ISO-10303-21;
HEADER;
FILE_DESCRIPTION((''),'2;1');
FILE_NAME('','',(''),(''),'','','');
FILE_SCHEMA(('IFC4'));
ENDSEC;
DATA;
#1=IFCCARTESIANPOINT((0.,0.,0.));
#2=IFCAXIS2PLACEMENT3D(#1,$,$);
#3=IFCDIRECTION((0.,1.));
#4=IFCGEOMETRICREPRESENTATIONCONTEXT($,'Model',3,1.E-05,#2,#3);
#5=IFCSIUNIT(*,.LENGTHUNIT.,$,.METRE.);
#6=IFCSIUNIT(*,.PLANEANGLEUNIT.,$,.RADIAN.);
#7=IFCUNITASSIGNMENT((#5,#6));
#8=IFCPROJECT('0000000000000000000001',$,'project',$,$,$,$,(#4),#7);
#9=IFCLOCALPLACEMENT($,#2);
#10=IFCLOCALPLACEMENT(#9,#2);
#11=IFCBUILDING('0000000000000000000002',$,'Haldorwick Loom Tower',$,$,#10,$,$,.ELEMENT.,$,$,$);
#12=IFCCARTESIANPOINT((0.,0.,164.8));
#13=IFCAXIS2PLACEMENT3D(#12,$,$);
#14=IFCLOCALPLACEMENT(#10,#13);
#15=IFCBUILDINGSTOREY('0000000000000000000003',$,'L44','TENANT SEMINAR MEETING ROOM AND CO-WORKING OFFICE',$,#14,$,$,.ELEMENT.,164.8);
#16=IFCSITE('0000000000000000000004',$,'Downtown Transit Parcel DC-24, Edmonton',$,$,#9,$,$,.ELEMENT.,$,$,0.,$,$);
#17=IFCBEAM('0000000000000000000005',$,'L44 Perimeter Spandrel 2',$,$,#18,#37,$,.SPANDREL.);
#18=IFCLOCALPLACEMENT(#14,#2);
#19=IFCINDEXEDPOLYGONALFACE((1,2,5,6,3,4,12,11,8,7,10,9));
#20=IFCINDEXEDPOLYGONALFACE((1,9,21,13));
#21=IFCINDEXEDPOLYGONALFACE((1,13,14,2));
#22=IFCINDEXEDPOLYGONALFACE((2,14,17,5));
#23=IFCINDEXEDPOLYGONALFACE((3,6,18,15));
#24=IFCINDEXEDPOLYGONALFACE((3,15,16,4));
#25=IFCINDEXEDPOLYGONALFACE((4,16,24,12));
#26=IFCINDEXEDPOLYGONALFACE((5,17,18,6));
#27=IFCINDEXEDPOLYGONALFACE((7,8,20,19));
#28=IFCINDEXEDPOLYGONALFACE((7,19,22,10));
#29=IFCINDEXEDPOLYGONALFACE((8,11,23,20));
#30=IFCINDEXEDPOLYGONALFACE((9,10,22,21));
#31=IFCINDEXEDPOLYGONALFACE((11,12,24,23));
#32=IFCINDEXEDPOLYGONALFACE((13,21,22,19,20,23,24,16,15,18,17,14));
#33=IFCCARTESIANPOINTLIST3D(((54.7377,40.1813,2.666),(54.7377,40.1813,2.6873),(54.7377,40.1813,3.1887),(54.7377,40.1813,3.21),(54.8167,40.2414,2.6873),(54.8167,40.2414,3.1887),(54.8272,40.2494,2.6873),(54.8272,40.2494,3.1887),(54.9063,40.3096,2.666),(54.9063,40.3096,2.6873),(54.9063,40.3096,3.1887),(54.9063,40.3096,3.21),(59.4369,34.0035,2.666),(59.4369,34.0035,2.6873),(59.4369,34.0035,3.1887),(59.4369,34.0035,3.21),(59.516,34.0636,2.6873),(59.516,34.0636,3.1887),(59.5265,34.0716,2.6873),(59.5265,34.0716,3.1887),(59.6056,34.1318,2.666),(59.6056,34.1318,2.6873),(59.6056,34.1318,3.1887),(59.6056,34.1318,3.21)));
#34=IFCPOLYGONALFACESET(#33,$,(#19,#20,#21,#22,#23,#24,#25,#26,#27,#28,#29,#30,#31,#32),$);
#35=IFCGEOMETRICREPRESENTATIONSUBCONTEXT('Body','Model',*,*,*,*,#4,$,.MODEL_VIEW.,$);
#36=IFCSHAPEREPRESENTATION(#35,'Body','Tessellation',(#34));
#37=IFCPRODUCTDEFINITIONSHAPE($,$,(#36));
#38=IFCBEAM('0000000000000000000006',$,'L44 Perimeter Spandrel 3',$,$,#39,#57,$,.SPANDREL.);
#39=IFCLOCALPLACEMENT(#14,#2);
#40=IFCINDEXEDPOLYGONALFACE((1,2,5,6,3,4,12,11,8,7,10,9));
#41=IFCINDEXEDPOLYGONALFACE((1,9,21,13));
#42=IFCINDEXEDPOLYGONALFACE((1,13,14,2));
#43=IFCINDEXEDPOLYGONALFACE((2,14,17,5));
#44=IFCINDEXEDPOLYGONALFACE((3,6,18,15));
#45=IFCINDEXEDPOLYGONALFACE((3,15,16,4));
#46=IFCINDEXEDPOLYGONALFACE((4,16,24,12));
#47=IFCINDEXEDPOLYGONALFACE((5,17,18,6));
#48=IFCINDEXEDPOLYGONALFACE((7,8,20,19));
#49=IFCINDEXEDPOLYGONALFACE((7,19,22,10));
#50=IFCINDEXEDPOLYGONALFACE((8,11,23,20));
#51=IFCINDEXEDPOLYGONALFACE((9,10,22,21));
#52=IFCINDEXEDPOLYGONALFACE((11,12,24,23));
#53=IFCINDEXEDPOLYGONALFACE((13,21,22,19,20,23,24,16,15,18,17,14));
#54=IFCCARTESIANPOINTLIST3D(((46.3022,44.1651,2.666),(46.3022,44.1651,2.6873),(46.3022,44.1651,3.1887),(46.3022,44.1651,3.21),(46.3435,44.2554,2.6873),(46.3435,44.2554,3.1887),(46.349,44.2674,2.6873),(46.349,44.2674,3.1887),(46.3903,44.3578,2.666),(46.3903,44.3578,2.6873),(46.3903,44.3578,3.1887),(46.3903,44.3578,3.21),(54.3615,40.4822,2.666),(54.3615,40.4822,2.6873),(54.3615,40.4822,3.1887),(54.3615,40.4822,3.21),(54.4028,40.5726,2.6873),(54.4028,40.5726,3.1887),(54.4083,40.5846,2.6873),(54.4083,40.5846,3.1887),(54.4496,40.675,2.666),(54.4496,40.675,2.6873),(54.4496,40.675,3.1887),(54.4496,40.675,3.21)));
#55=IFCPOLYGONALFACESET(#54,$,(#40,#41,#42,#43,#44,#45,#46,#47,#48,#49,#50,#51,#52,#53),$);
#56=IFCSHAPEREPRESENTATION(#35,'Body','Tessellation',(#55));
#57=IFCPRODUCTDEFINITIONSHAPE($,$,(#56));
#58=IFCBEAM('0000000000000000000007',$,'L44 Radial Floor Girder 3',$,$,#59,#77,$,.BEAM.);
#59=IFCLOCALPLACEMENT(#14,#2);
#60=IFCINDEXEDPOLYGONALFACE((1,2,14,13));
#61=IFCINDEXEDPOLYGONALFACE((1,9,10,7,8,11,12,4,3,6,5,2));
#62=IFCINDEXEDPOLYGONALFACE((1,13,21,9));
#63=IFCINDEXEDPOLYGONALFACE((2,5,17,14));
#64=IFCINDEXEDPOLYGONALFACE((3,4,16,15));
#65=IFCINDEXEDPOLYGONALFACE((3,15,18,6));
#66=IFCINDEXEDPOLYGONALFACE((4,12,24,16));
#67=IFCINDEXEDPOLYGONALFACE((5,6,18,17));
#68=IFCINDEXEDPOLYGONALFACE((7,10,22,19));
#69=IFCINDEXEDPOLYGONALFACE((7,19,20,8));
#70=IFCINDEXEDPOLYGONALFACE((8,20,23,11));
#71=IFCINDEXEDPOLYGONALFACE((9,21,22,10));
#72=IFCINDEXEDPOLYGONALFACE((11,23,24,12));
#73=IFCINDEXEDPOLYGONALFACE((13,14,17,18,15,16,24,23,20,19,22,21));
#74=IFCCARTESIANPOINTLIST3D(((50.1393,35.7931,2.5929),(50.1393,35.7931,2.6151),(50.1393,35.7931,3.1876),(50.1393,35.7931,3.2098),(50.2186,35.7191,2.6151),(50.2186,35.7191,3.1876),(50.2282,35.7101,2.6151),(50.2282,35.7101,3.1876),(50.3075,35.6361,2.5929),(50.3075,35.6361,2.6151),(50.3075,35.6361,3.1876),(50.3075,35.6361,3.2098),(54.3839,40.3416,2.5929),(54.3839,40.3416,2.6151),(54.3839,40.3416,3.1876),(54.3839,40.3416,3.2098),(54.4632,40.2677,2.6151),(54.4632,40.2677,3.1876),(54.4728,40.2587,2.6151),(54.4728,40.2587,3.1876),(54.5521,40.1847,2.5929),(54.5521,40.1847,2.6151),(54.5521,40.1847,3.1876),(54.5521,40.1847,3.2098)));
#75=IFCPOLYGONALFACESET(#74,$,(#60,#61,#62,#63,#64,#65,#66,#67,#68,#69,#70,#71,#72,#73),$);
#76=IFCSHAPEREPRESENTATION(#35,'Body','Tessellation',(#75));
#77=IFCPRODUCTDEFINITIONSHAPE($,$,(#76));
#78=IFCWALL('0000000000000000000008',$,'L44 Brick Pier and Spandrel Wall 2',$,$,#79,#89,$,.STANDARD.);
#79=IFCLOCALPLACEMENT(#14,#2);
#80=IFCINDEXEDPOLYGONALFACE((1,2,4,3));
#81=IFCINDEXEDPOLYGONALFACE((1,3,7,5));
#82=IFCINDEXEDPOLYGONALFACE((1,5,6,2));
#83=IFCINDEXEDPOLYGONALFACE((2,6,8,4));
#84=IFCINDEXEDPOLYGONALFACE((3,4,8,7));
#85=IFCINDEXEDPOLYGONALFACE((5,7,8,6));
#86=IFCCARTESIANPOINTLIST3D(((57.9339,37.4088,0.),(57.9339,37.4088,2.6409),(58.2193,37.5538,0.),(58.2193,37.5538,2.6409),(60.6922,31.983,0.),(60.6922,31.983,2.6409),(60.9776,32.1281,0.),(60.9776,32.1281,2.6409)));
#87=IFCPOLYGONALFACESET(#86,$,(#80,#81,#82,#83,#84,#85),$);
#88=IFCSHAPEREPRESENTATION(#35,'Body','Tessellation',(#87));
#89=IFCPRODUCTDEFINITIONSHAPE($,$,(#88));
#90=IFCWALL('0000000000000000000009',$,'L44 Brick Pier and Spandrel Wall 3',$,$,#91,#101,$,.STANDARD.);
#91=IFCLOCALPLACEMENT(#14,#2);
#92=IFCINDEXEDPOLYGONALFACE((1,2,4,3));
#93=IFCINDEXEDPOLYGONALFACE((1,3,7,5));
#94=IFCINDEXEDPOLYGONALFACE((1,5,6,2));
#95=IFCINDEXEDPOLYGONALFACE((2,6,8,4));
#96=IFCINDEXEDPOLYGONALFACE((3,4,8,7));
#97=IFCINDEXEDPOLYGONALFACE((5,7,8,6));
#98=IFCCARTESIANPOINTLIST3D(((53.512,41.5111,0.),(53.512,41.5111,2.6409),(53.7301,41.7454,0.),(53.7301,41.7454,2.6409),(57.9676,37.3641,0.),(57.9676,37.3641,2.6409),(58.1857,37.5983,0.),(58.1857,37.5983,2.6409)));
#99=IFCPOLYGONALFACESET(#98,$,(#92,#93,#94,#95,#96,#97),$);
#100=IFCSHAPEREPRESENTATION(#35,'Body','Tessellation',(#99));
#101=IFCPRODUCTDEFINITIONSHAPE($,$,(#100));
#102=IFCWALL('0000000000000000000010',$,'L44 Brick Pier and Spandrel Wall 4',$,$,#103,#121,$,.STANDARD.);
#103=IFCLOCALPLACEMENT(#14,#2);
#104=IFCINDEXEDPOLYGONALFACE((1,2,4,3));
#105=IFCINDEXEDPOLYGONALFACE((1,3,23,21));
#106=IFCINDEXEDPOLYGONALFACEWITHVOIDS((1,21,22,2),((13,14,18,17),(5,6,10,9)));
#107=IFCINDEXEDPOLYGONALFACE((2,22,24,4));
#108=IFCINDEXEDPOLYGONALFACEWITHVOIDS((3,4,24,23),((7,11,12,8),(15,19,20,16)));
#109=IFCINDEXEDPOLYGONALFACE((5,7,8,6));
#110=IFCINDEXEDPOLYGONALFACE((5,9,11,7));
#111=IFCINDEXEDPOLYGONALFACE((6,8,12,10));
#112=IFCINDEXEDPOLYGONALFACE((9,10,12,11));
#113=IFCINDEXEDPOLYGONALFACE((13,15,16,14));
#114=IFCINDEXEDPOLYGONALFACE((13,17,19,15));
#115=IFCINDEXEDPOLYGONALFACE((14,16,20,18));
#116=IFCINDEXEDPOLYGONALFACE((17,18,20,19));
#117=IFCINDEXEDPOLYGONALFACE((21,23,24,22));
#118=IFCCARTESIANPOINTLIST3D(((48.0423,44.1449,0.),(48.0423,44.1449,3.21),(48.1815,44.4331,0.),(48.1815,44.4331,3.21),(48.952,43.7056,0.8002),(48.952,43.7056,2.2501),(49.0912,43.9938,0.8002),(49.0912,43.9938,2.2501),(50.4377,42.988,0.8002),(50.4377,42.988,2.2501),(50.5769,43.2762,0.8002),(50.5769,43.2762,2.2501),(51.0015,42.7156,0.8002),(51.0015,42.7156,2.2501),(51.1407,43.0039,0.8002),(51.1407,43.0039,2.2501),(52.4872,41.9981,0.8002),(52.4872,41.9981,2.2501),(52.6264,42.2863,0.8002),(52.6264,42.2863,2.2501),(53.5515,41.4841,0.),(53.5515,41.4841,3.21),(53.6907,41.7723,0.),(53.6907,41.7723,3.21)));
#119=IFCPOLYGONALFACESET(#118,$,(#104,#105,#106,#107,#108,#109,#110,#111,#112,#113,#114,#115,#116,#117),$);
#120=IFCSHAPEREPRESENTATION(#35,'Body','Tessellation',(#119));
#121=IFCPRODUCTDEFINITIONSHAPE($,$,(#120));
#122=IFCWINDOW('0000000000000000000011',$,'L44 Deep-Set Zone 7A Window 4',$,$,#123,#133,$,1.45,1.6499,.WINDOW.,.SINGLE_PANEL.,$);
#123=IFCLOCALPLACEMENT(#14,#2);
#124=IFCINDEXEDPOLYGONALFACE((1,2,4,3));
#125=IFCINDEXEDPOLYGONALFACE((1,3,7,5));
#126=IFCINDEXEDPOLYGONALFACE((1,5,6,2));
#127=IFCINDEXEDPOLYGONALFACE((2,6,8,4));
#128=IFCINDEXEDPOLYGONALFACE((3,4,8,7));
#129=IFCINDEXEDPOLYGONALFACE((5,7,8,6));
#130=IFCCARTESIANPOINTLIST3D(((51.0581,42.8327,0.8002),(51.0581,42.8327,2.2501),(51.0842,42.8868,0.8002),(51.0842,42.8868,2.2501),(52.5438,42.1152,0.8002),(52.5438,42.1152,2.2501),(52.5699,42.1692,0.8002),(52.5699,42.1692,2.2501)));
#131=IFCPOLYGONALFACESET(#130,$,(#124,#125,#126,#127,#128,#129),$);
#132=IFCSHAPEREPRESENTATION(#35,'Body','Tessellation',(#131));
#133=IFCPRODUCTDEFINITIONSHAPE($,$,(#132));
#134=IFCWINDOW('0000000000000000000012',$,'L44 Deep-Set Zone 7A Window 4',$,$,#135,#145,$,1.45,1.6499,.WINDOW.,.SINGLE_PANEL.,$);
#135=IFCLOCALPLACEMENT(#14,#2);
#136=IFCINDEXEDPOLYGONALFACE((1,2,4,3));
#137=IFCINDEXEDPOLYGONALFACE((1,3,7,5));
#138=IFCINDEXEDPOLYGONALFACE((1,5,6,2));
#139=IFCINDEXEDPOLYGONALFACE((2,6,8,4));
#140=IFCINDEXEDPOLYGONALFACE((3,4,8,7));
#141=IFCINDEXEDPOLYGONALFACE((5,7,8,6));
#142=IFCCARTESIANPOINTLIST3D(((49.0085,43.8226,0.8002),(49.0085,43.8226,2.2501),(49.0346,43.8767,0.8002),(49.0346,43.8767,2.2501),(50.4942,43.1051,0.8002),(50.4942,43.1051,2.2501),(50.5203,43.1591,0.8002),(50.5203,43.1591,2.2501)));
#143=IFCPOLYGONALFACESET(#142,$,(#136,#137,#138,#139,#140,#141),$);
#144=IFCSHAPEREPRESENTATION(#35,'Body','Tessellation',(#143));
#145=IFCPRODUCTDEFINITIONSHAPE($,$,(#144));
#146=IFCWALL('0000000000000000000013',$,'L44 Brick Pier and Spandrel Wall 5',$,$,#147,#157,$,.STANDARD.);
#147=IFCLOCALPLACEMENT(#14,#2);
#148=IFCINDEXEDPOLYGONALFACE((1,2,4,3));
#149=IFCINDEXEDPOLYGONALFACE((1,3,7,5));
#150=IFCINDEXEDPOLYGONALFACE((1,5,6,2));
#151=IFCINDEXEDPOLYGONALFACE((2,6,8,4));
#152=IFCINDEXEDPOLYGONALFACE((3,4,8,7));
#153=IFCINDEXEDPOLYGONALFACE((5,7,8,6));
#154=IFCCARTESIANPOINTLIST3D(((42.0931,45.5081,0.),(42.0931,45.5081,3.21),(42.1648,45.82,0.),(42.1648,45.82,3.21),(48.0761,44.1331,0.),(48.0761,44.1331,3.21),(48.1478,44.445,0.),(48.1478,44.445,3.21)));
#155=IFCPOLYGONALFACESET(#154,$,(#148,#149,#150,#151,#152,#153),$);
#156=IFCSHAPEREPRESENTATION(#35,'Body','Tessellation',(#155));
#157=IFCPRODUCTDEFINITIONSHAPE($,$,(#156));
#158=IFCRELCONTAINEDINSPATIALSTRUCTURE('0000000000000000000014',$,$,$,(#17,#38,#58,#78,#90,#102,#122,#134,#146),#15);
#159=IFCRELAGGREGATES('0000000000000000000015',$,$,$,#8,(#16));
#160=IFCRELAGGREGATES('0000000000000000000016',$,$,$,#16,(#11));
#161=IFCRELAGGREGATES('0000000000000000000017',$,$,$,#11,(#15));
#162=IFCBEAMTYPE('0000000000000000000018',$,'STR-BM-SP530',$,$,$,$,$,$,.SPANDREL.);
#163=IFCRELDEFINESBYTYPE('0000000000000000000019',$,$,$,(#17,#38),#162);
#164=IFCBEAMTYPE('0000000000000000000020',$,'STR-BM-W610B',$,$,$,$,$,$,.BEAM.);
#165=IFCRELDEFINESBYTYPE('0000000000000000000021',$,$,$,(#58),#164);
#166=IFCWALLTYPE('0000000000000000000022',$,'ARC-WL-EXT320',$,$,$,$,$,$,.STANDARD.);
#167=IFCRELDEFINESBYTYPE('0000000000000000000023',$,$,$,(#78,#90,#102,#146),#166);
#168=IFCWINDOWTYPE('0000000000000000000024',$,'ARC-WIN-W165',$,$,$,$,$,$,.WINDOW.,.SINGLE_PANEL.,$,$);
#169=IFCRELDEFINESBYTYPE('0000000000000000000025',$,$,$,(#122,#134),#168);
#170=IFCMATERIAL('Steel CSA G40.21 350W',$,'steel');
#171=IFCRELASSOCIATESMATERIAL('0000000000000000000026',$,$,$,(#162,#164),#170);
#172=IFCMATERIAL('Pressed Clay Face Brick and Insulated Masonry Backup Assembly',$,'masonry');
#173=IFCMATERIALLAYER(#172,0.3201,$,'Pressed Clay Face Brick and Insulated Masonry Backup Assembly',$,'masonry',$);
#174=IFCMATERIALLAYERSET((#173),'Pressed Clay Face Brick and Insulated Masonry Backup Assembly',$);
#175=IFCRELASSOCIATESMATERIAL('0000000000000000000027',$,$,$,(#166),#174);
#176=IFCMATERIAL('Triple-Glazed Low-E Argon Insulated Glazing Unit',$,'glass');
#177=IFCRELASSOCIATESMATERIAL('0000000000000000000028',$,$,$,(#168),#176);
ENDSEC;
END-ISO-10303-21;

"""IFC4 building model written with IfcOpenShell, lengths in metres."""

from ifc_helpers import new_model, si_unit, direction, frame, frame_2d, origin, origin_2d, place, context, subcontext, project, spatial, rectangle, i_section, extrude, material, layer, layer_set, material_profile, profile_set, type_object, element, fill, save


model = new_model("IFC4")

# Units and contexts
model_context = context("Model", 3, precision=1e-05, world=origin(), true_north=direction((0.0, 1.0)))
body_context = subcontext(model_context, "Body", "Model", "MODEL_VIEW")
ifc_project = project(units=[si_unit("LENGTHUNIT", "METRE"), si_unit("PLANEANGLEUNIT", "RADIAN")], contexts=[model_context])

# Site, building, storey
site_placement = place(None, origin())
site = spatial("IfcSite", under=ifc_project, at=site_placement, Name="Downtown Transit Parcel DC-24, Edmonton", CompositionType="ELEMENT", RefElevation=0.0)
building_placement = place(site_placement, origin())
building = spatial("IfcBuilding", under=site, at=building_placement, Name="Haldorwick Loom Tower", CompositionType="ELEMENT")
storey_placement = place(building_placement, frame((0.0, 0.0, 164.8)))
storey = spatial("IfcBuildingStorey", under=building, at=storey_placement, Name="L44", Description="TENANT SEMINAR MEETING ROOM AND CO-WORKING OFFICE", CompositionType="ELEMENT", Elevation=164.8)

# Beams
ifc_material_1 = material(Name="Steel CSA G40.21 350W", Category="steel")
ifc_material_profile_1 = material_profile(ifc_material_1, i_section(OverallWidth=0.2119, OverallDepth=0.5439, WebThickness=0.0132, FlangeThickness=0.0212, at=origin_2d()), Name="W530X123", Category="steel")
ifc_profile_set_1 = profile_set([ifc_material_profile_1], Name="Steel CSA G40.21 350W")
beam_type_1 = type_object("IfcBeamType", Name="STR-BM-SP530", PredefinedType="SPANDREL", material=ifc_profile_set_1)
beam_1_placement = place(storey_placement, frame((59.5212, 34.0676, 2.938), z_axis=(-0.605421, 0.795905, 0.0), x_axis=(-0.795905, -0.605421, 0.0)))
element("IfcBeam", 1, at=beam_1_placement, inside=storey, type_object=beam_type_1, Name="L44 Perimeter Spandrel 2", PredefinedType="SPANDREL", context=body_context, shape_type="SweptSolid", body=[
    extrude(i_section(OverallWidth=0.2119, OverallDepth=0.5439, WebThickness=0.0132, FlangeThickness=0.0212, at=origin_2d()), origin(), (0.0, 0.0, 1.0), 7.762),
])
beam_2_placement = place(storey_placement, frame((54.4055, 40.5786, 2.938), z_axis=(-0.909534, 0.415629, 0.0), x_axis=(-0.415629, -0.909534, 0.0)))
element("IfcBeam", 2, at=beam_2_placement, inside=storey, type_object=beam_type_1, Name="L44 Perimeter Spandrel 3", PredefinedType="SPANDREL", context=body_context, shape_type="SweptSolid", body=[
    extrude(i_section(OverallWidth=0.2119, OverallDepth=0.5439, WebThickness=0.0132, FlangeThickness=0.0212, at=origin_2d()), origin(), (0.0, 0.0, 1.0), 8.8608),
])
ifc_material_profile_2 = material_profile(ifc_material_1, i_section(OverallWidth=0.23, OverallDepth=0.6169, WebThickness=0.0132, FlangeThickness=0.0222, at=origin_2d()), Name="W610X140", Category="steel")
ifc_profile_set_2 = profile_set([ifc_material_profile_2], Name="Steel CSA G40.21 350W")
beam_type_2 = type_object("IfcBeamType", Name="STR-BM-W610B", PredefinedType="BEAM", material=ifc_profile_set_2)
beam_3_placement = place(storey_placement, frame((50.2234, 35.7146, 2.9014), z_axis=(0.682257, 0.731113, 0.0), x_axis=(-0.731113, 0.682257, 0.0)))
element("IfcBeam", 3, at=beam_3_placement, inside=storey, type_object=beam_type_2, Name="L44 Radial Floor Girder 3", PredefinedType="BEAM", context=body_context, shape_type="SweptSolid", body=[
    extrude(i_section(OverallWidth=0.23, OverallDepth=0.6169, WebThickness=0.0132, FlangeThickness=0.0222, at=origin_2d()), origin(), (0.0, 0.0, 1.0), 6.2214),
])

# Walls
ifc_material_2 = material(Name="Pressed Clay Face Brick and Insulated Masonry Backup Assembly", Category="masonry")
ifc_layer_1 = layer(ifc_material_2, 0.3201, Name="Pressed Clay Face Brick and Insulated Masonry Backup Assembly", Category="masonry")
ifc_layer_set_1 = layer_set([ifc_layer_1], Name="Pressed Clay Face Brick and Insulated Masonry Backup Assembly")
wall_type_1 = type_object("IfcWallType", Name="ARC-WL-EXT320", PredefinedType="STANDARD", material=ifc_layer_set_1)
wall_1_placement = place(storey_placement, frame((60.835, 32.0554, 0.0), z_axis=(0.0, 0.0, 1.0), x_axis=(-0.453172, 0.891423, 0.0)))
element("IfcWall", 4, at=wall_1_placement, inside=storey, type_object=wall_type_1, Name="L44 Brick Pier and Spandrel Wall 2", PredefinedType="STANDARD", context=body_context, shape_type="SweptSolid", body=[
    extrude(rectangle(XDim=6.0867, YDim=0.3201, at=frame_2d((3.0435, 0.0))), origin(), (0.0, 0.0, 1.0), 2.6409),
])
wall_2_placement = place(storey_placement, frame((58.0767, 37.4812, 0.0), z_axis=(0.0, 0.0, 1.0), x_axis=(-0.732002, 0.681303, 0.0)))
element("IfcWall", 5, at=wall_2_placement, inside=storey, type_object=wall_type_1, Name="L44 Brick Pier and Spandrel Wall 3", PredefinedType="STANDARD", context=body_context, shape_type="SweptSolid", body=[
    extrude(rectangle(XDim=6.0869, YDim=0.3201, at=frame_2d((3.0435, 0.0))), origin(), (0.0, 0.0, 1.0), 2.6409),
])

# Wall, openings, windows
wall_3_placement = place(storey_placement, frame((53.6211, 41.6282, 0.0), z_axis=(0.0, 0.0, 1.0), x_axis=(-0.900472, 0.434913, 0.0)))
wall_3 = element("IfcWall", 6, at=wall_3_placement, inside=storey, type_object=wall_type_1, Name="L44 Brick Pier and Spandrel Wall 4", PredefinedType="STANDARD", context=body_context, shape_type="SweptSolid", body=[
    extrude(rectangle(XDim=6.1182, YDim=0.3201, at=frame_2d((3.0591, 0.0))), origin(), (0.0, 0.0, 1.0), 3.21),
])
opening_1_placement = place(wall_3_placement, frame((1.1819, 0.0, 0.8)))
opening_1 = element("IfcOpeningElement", 7, at=opening_1_placement, cuts=wall_3, PredefinedType="OPENING", context=body_context, shape_type="SweptSolid", body=[
    extrude(rectangle(XDim=1.6499, YDim=1.45, at=frame_2d((0.825, 0.7251))), frame((0.0, 0.1699, 0.0), z_axis=(0.0, -1.0, 0.0), x_axis=(1.0, 0.0, 0.0)), (0.0, 0.0, 1.0), 0.3401),
])
opening_2_placement = place(wall_3_placement, frame((3.458, 0.0, 0.8)))
opening_2 = element("IfcOpeningElement", 8, at=opening_2_placement, cuts=wall_3, PredefinedType="OPENING", context=body_context, shape_type="SweptSolid", body=[
    extrude(rectangle(XDim=1.6499, YDim=1.45, at=frame_2d((0.825, 0.7251))), frame((0.0, 0.1699, 0.0), z_axis=(0.0, -1.0, 0.0), x_axis=(1.0, 0.0, 0.0)), (0.0, 0.0, 1.0), 0.3401),
])
ifc_material_3 = material(Name="Triple-Glazed Low-E Argon Insulated Glazing Unit", Category="glass")
window_type = type_object("IfcWindowType", Name="ARC-WIN-W165", PartitioningType="SINGLE_PANEL", PredefinedType="WINDOW", material=ifc_material_3)
window_1_placement = place(opening_1_placement, origin())
window_1 = element("IfcWindow", 9, at=window_1_placement, inside=storey, type_object=window_type, Name="L44 Deep-Set Zone 7A Window 4", OverallHeight=1.45, OverallWidth=1.6499, PartitioningType="SINGLE_PANEL", PredefinedType="WINDOW", context=body_context, shape_type="SweptSolid", body=[
    extrude(rectangle(XDim=1.6499, YDim=1.45, at=frame_2d((0.825, 0.7251))), frame((0.0, 0.03, 0.0), z_axis=(0.0, -1.0, 0.0), x_axis=(1.0, 0.0, 0.0)), (0.0, 0.0, 1.0), 0.0601),
])
fill(opening_1, window_1)
window_2_placement = place(opening_2_placement, origin())
window_2 = element("IfcWindow", 10, at=window_2_placement, inside=storey, type_object=window_type, Name="L44 Deep-Set Zone 7A Window 4", OverallHeight=1.45, OverallWidth=1.6499, PartitioningType="SINGLE_PANEL", PredefinedType="WINDOW", context=body_context, shape_type="SweptSolid", body=[
    extrude(rectangle(XDim=1.6499, YDim=1.45, at=frame_2d((0.825, 0.7251))), frame((0.0, 0.03, 0.0), z_axis=(0.0, -1.0, 0.0), x_axis=(1.0, 0.0, 0.0)), (0.0, 0.0, 1.0), 0.0601),
])
fill(opening_2, window_2)

# Wall
wall_4_placement = place(storey_placement, frame((48.1118, 44.2891, 0.0), z_axis=(0.0, 0.0, 1.0), x_axis=(-0.974593, 0.223982, 0.0)))
element("IfcWall", 11, at=wall_4_placement, inside=storey, type_object=wall_type_1, Name="L44 Brick Pier and Spandrel Wall 5", PredefinedType="STANDARD", context=body_context, shape_type="SweptSolid", body=[
    extrude(rectangle(XDim=6.1389, YDim=0.3201, at=frame_2d((3.0693, 0.0))), origin(), (0.0, 0.0, 1.0), 3.21),
])

save(model, "model.ifc")
